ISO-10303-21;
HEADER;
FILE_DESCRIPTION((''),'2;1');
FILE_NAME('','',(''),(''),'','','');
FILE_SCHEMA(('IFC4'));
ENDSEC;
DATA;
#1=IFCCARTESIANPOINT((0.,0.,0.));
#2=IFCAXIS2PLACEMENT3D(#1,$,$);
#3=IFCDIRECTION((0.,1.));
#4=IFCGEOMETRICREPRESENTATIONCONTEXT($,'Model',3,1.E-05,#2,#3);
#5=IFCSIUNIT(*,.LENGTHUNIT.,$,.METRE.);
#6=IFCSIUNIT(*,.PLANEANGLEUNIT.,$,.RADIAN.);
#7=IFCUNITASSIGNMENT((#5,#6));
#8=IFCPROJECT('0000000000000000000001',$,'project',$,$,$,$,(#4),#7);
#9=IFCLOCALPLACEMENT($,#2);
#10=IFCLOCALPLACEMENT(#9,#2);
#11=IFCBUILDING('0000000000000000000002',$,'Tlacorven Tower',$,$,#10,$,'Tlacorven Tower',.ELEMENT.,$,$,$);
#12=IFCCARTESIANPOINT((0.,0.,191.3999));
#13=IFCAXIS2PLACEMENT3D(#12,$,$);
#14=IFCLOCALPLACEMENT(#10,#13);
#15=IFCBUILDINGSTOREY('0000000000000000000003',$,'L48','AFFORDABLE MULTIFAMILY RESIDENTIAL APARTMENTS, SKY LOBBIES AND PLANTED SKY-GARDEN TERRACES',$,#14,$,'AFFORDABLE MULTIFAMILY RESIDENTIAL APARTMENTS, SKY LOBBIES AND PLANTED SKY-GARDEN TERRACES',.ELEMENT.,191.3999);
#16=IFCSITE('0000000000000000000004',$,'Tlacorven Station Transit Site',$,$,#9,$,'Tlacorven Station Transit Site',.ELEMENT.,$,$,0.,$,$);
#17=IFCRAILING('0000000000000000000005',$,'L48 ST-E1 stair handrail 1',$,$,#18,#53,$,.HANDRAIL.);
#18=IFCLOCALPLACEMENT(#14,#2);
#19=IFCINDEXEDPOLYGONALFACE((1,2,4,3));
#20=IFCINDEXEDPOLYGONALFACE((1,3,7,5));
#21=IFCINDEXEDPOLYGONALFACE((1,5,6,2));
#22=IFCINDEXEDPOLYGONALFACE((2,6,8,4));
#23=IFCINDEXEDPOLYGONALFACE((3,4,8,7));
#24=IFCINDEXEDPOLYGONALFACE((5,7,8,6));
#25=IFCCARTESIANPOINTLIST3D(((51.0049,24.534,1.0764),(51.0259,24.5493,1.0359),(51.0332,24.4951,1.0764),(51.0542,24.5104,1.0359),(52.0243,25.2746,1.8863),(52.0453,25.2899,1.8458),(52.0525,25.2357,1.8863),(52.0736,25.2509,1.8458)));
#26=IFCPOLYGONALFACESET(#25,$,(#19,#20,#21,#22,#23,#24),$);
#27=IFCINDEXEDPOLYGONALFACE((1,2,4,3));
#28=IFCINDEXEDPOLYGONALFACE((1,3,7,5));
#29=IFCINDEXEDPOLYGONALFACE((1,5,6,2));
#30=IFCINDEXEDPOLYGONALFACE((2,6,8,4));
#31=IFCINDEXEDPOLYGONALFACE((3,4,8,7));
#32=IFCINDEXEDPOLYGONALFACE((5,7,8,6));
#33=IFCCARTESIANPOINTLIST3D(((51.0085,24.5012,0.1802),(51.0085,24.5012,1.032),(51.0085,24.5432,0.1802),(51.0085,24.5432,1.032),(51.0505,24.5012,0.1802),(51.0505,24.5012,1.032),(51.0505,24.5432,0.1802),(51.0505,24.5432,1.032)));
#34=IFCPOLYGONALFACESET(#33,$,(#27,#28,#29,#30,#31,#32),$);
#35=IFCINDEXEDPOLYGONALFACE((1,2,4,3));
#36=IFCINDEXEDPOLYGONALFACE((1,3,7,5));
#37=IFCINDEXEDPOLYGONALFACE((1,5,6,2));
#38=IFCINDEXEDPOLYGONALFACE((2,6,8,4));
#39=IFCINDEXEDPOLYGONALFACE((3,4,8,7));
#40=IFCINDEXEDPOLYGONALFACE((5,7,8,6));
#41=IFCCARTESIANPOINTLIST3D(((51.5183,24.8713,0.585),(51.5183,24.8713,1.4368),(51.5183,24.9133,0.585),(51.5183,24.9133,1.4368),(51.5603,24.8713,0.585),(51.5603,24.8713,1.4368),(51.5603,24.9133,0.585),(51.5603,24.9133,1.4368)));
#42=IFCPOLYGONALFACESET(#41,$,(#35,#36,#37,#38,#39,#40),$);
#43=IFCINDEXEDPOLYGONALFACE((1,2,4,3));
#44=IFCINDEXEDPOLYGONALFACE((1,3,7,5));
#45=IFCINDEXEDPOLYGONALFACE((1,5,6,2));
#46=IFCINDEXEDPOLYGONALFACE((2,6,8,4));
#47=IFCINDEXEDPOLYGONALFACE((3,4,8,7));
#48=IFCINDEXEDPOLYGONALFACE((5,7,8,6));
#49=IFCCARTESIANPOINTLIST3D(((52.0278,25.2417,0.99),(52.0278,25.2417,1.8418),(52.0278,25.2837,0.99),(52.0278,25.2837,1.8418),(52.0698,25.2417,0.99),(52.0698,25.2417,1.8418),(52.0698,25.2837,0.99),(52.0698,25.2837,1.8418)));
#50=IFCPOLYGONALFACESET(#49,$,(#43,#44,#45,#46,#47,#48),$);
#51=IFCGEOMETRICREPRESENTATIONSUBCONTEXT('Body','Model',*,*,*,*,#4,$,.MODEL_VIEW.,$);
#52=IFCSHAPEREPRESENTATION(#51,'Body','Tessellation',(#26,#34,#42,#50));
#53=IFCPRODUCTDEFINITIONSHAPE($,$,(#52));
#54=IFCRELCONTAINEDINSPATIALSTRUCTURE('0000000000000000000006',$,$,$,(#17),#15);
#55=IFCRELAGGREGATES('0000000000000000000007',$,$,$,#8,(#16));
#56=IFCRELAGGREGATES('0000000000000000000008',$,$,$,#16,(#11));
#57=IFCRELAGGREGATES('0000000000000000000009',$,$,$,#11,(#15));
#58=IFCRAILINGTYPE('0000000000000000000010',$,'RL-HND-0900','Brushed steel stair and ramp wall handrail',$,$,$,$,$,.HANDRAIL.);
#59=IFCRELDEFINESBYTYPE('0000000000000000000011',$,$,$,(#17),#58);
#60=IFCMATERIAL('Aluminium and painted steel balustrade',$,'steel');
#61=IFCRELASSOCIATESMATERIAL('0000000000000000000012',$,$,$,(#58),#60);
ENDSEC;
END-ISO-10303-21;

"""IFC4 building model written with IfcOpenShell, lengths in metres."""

from ifc_helpers import new_model, si_unit, direction, frame, origin, origin_2d, place, context, subcontext, project, spatial, rectangle, extrude, source, transform, mapped, material, type_object, element, save


model = new_model("IFC4")

# Units and contexts
model_context = context("Model", 3, precision=1e-05, world=origin(), true_north=direction((0.0, 1.0)))
body_context = subcontext(model_context, "Body", "Model", "MODEL_VIEW")
ifc_project = project(units=[si_unit("LENGTHUNIT", "METRE"), si_unit("PLANEANGLEUNIT", "RADIAN")], contexts=[model_context])

# Site, building, storey
site_placement = place(None, origin())
site = spatial("IfcSite", under=ifc_project, at=site_placement, Name="Tlacorven Station Transit Site", LongName="Tlacorven Station Transit Site", CompositionType="ELEMENT", RefElevation=0.0)
building_placement = place(site_placement, origin())
building = spatial("IfcBuilding", under=site, at=building_placement, Name="Tlacorven Tower", LongName="Tlacorven Tower", CompositionType="ELEMENT")
storey_placement = place(building_placement, frame((0.0, 0.0, 191.3999)))
storey = spatial("IfcBuildingStorey", under=building, at=storey_placement, Name="L48", Description="AFFORDABLE MULTIFAMILY RESIDENTIAL APARTMENTS, SKY LOBBIES AND PLANTED SKY-GARDEN TERRACES", LongName="AFFORDABLE MULTIFAMILY RESIDENTIAL APARTMENTS, SKY LOBBIES AND PLANTED SKY-GARDEN TERRACES", CompositionType="ELEMENT", Elevation=191.3999)

# Railing
ifc_material_1 = material(Name="Aluminium and painted steel balustrade", Category="steel")
railing_type_1 = type_object("IfcRailingType", Name="RL-HND-0900", Description="Brushed steel stair and ramp wall handrail", PredefinedType="HANDRAIL", material=ifc_material_1)
shared_shape_1 = source(origin(), body_context, "Body", "SweptSolid", [
    extrude(rectangle(XDim=0.0481, YDim=0.0481, at=origin_2d()), frame((0.0, 0.0, 0.876), z_axis=(0.680576, 0.494416, 0.540712), x_axis=(-0.587745, 0.809046, 0.0)), (0.0, 0.0, 1.0), 1.4978),
    extrude(rectangle(XDim=0.042, YDim=0.042, at=origin_2d()), origin(), (0.0, 0.0, 1.0), 0.8518),
    extrude(rectangle(XDim=0.042, YDim=0.042, at=origin_2d()), frame((0.5098, 0.3701, 0.4048)), (0.0, 0.0, 1.0), 0.8518),
    extrude(rectangle(XDim=0.042, YDim=0.042, at=origin_2d()), frame((1.0193, 0.7405, 0.8098)), (0.0, 0.0, 1.0), 0.8518),
])
railing_1_placement = place(storey_placement, frame((51.0295, 24.5222, 0.1802)))
element("IfcRailing", 1, at=railing_1_placement, inside=storey, type_object=railing_type_1, Name="L48 ST-E1 stair handrail 1", PredefinedType="HANDRAIL", context=body_context, shape_type="MappedRepresentation", body=[
    mapped(shared_shape_1, transform((0.0, 0.0, 0.0), scale=1.0)),
])

save(model, "model.ifc")
